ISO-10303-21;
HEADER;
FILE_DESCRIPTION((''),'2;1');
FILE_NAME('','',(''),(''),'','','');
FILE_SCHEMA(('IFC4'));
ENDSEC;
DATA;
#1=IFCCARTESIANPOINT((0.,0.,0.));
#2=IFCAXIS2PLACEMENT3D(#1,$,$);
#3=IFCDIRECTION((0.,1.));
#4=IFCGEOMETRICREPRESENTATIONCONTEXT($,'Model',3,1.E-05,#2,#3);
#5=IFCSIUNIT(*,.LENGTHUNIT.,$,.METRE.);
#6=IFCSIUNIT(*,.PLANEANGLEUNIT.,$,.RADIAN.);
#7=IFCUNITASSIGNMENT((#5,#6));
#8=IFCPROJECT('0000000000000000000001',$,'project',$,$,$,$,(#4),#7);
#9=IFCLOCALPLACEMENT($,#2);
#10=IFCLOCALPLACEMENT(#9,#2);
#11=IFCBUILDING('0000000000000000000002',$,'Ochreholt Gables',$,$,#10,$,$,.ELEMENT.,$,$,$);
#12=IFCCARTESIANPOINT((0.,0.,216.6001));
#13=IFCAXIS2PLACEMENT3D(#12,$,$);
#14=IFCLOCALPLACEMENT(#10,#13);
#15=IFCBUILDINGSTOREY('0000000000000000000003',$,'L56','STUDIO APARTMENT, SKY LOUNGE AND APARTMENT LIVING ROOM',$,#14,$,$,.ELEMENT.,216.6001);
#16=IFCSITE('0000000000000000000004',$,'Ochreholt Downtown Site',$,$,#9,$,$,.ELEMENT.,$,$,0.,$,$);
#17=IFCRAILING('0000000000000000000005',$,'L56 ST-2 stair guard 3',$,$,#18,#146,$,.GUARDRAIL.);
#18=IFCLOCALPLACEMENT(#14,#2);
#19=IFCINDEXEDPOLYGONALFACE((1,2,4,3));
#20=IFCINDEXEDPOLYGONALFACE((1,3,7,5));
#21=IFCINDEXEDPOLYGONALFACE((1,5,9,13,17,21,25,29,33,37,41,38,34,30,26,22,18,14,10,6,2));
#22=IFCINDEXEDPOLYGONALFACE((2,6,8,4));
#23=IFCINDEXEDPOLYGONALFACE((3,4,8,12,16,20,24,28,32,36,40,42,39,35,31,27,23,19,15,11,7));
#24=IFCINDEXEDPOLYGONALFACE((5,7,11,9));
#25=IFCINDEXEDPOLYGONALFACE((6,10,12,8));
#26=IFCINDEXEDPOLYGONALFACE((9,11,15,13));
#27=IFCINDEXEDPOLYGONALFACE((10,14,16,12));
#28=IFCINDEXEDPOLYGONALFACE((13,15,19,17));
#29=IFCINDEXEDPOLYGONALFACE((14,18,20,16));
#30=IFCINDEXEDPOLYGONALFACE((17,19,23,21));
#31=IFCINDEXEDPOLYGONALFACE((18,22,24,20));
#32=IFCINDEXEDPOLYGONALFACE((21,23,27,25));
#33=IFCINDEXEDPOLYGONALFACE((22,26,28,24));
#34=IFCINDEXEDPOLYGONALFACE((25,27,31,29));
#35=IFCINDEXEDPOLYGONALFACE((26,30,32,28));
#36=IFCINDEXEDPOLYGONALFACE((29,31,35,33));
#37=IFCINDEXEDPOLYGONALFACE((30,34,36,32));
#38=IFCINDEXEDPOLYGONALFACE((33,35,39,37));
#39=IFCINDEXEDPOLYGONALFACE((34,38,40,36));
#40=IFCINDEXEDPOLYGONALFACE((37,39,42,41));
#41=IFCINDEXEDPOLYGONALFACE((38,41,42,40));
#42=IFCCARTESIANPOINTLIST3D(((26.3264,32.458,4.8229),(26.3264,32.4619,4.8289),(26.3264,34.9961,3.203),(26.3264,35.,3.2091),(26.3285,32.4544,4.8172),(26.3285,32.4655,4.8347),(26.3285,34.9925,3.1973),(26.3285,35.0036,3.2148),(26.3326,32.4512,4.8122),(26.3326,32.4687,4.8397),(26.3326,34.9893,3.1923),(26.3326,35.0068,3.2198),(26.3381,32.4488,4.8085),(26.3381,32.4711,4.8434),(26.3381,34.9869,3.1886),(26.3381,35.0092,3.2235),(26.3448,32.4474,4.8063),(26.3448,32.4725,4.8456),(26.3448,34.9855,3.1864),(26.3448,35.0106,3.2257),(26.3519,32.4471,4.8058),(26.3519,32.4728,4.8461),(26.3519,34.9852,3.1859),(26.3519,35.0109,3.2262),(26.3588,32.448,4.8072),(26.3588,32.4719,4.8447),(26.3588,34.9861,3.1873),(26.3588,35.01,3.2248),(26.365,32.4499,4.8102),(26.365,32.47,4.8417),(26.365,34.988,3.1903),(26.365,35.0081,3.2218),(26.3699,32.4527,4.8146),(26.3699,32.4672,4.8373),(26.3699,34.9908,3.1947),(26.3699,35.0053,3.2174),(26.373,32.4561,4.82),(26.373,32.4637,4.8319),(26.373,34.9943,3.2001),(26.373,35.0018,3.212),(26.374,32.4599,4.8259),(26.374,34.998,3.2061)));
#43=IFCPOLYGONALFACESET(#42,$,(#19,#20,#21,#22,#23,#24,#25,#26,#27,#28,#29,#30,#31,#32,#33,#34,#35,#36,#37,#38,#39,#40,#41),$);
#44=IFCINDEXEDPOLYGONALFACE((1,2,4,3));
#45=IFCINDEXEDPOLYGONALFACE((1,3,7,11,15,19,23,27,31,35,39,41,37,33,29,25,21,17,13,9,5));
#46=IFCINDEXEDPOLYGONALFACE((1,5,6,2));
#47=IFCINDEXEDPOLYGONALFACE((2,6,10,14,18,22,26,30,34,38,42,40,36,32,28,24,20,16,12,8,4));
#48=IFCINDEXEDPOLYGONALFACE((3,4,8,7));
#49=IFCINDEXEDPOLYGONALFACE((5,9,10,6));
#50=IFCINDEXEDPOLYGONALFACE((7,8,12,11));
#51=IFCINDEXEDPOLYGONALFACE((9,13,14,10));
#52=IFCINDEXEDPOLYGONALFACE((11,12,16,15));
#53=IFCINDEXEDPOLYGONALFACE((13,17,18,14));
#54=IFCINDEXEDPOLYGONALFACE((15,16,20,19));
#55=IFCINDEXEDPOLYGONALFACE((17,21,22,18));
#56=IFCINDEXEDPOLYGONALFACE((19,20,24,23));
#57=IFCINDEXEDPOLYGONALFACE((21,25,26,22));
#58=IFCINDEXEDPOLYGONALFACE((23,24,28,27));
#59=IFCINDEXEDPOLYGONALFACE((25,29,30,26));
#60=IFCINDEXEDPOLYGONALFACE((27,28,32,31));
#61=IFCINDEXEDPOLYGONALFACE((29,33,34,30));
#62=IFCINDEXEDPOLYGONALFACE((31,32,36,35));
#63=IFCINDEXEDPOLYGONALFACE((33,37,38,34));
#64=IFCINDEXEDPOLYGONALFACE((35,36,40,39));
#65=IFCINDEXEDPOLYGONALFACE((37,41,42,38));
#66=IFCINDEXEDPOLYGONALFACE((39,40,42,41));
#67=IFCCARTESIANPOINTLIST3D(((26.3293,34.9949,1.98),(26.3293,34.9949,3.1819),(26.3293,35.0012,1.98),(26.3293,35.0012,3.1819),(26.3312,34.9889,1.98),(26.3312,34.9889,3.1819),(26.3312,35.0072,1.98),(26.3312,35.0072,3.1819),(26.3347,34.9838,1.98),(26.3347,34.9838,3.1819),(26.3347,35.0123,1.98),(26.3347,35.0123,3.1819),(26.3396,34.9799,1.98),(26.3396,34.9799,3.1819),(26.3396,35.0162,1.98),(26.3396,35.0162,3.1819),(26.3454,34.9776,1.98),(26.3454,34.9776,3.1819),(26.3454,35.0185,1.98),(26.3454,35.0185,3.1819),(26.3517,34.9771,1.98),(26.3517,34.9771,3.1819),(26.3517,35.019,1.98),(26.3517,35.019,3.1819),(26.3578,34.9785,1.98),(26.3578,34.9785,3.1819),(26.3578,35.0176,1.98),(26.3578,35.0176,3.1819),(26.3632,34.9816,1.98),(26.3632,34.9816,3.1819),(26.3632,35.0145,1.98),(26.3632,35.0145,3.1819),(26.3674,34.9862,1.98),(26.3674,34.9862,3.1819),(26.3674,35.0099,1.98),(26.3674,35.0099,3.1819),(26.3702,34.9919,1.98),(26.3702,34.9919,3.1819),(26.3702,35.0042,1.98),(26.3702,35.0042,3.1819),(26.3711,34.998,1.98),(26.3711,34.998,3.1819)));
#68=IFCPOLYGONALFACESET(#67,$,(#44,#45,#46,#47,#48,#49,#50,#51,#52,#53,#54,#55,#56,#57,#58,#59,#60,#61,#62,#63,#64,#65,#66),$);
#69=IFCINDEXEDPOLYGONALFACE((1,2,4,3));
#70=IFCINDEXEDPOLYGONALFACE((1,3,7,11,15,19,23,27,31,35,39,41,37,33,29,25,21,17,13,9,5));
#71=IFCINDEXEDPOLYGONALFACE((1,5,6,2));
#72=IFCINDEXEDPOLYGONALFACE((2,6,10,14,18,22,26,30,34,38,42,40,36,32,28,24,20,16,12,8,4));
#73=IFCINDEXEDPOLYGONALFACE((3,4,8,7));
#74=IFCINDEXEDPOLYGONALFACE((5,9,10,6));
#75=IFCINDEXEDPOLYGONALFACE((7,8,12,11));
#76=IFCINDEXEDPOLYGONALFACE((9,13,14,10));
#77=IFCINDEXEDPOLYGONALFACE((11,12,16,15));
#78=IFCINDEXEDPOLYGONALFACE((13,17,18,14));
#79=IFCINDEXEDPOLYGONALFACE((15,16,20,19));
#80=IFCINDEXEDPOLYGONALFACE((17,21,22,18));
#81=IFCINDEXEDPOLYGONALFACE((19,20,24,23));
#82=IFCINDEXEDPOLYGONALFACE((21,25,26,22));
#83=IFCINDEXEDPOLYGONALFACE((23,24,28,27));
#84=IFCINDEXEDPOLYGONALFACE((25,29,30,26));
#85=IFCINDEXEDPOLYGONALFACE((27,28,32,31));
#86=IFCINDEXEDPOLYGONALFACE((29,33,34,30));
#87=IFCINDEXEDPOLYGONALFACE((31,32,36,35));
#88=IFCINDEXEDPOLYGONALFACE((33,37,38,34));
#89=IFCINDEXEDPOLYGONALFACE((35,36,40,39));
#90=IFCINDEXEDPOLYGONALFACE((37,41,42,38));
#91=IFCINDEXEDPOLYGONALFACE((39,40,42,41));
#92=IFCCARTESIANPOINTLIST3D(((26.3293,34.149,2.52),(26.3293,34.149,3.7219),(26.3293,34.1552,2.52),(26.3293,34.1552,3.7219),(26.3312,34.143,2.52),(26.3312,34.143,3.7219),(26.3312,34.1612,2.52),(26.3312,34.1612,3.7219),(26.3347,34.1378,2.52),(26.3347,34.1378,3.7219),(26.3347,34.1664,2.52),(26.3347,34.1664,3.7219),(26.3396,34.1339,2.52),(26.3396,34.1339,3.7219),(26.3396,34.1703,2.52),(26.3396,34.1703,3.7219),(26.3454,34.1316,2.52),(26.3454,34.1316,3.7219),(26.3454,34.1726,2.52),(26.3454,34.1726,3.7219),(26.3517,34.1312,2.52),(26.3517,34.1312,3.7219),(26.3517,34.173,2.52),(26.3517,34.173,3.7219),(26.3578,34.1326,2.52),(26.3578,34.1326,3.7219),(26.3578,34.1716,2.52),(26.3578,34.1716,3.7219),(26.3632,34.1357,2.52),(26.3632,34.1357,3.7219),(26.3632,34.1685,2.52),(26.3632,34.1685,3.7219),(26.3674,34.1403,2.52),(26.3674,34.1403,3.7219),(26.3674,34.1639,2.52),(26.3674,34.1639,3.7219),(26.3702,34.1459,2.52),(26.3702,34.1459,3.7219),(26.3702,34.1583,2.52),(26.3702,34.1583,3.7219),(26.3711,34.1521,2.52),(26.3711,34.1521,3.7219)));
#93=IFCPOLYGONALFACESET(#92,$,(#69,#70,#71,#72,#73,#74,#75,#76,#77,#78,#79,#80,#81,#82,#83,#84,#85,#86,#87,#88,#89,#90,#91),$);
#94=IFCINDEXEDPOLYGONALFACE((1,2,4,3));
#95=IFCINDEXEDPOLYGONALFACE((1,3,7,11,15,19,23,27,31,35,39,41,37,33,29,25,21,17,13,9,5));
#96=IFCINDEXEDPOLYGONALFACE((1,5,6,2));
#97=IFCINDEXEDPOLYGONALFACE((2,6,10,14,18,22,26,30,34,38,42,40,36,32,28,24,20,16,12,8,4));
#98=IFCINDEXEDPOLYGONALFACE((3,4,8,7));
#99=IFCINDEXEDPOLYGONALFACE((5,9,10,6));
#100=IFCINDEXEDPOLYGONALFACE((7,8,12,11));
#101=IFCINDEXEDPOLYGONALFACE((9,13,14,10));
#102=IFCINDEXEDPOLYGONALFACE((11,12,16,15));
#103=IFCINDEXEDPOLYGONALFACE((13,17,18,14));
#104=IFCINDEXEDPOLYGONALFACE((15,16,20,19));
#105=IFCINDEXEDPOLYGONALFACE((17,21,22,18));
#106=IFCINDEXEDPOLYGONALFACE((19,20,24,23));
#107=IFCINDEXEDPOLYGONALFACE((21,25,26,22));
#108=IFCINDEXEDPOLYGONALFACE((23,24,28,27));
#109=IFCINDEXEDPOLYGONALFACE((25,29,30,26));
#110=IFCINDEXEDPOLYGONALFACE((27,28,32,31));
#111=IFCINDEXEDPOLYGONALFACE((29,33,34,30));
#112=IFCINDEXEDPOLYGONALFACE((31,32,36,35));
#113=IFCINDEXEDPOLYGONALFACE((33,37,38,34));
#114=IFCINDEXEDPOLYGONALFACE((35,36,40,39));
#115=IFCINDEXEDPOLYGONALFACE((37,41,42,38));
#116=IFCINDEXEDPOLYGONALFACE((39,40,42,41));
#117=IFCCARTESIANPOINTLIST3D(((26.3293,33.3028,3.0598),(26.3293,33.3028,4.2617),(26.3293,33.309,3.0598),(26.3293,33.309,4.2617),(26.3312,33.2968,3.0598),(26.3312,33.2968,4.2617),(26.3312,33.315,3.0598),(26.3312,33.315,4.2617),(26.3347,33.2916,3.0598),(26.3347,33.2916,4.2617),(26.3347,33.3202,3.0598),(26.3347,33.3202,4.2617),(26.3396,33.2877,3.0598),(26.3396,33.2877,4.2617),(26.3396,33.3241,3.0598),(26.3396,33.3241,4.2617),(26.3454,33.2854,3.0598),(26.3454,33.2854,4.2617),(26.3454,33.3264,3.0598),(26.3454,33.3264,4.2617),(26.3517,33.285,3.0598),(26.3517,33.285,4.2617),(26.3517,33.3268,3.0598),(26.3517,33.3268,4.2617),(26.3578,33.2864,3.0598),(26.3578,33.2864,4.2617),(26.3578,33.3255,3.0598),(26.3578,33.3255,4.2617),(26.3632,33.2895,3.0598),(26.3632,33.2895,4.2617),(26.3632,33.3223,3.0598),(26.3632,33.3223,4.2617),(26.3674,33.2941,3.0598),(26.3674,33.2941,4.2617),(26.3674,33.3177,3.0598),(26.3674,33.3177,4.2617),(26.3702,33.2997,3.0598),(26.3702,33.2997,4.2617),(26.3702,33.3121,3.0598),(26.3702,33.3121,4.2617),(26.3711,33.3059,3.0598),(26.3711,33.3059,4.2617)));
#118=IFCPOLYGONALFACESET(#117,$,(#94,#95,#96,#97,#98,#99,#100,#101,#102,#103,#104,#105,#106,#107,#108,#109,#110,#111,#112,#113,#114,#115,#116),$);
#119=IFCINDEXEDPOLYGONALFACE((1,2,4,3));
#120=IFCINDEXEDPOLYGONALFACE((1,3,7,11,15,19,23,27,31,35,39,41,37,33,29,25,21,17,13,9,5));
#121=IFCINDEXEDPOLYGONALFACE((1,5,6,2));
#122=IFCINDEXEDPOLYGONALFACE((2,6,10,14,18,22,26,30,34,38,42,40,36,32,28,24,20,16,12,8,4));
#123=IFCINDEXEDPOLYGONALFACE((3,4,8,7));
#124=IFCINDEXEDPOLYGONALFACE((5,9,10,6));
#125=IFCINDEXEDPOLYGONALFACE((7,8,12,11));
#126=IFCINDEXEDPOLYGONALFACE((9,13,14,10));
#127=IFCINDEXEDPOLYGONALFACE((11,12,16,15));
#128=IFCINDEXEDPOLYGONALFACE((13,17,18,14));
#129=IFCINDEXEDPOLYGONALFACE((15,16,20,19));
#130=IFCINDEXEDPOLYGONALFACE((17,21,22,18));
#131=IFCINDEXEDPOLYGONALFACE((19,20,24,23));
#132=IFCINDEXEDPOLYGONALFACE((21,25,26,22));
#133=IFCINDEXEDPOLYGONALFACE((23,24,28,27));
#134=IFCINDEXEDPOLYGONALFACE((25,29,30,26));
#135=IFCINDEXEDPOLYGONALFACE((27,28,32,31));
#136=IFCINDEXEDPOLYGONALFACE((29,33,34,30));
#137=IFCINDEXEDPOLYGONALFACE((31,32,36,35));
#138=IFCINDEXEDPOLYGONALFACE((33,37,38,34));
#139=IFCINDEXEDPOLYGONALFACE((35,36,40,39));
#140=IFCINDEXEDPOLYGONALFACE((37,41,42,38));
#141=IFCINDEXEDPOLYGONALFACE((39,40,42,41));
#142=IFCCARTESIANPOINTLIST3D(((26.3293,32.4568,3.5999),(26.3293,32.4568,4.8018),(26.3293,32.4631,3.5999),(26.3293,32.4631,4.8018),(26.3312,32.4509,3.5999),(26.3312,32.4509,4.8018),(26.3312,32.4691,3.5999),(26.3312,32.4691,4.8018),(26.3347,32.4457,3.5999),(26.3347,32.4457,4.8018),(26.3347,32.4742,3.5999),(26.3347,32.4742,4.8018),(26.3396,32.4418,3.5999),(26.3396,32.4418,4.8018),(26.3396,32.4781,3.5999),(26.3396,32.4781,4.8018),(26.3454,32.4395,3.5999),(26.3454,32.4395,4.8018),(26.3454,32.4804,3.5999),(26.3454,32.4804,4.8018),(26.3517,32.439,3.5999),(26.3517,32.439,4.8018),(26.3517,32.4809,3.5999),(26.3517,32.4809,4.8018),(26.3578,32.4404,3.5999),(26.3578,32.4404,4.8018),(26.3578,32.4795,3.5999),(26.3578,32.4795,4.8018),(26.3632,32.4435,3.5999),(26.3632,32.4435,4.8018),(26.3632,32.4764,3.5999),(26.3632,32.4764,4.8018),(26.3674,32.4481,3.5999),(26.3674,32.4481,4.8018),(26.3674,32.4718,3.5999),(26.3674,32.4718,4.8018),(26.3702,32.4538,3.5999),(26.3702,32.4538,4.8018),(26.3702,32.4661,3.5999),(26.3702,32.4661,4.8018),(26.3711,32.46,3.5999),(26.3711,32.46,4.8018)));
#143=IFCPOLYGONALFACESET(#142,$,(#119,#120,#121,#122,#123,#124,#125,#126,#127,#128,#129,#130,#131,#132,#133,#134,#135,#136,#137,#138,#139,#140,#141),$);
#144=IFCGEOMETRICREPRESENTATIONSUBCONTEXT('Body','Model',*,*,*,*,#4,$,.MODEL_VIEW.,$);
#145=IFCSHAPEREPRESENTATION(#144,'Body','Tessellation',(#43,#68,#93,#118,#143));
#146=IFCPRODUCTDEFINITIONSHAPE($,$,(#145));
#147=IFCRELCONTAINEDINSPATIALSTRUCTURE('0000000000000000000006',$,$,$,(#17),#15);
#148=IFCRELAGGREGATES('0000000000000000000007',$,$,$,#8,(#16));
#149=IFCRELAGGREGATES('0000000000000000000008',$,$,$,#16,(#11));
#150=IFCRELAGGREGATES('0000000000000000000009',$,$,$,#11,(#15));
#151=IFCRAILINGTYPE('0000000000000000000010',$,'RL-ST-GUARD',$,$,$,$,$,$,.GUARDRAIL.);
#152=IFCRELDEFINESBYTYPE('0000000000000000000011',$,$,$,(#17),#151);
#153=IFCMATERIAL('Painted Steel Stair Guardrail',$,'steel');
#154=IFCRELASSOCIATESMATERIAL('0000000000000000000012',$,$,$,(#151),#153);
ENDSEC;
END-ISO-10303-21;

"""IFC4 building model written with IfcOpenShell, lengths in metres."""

from ifc_helpers import new_model, si_unit, direction, frame, origin, origin_2d, place, context, subcontext, project, spatial, circle, extrude, material, type_object, element, save


model = new_model("IFC4")

# Units and contexts
model_context = context("Model", 3, precision=1e-05, world=origin(), true_north=direction((0.0, 1.0)))
body_context = subcontext(model_context, "Body", "Model", "MODEL_VIEW")
ifc_project = project(units=[si_unit("LENGTHUNIT", "METRE"), si_unit("PLANEANGLEUNIT", "RADIAN")], contexts=[model_context])

# Site, building, storey
site_placement = place(None, origin())
site = spatial("IfcSite", under=ifc_project, at=site_placement, Name="Ochreholt Downtown Site", CompositionType="ELEMENT", RefElevation=0.0)
building_placement = place(site_placement, origin())
building = spatial("IfcBuilding", under=site, at=building_placement, Name="Ochreholt Gables", CompositionType="ELEMENT")
storey_placement = place(building_placement, frame((0.0, 0.0, 216.6001)))
storey = spatial("IfcBuildingStorey", under=building, at=storey_placement, Name="L56", Description="STUDIO APARTMENT, SKY LOUNGE AND APARTMENT LIVING ROOM", CompositionType="ELEMENT", Elevation=216.6001)

# Railing
ifc_material_1 = material(Name="Painted Steel Stair Guardrail", Category="steel")
railing_type_1 = type_object("IfcRailingType", Name="RL-ST-GUARD", PredefinedType="GUARDRAIL", material=ifc_material_1)
railing_1_placement = place(storey_placement, frame((26.3501, 34.998, 1.98)))
element("IfcRailing", 1, at=railing_1_placement, inside=storey, type_object=railing_type_1, Name="L56 ST-2 stair guard 3", PredefinedType="GUARDRAIL", context=body_context, shape_type="SweptSolid", body=[
    extrude(circle(Radius=0.0239, at=origin_2d()), frame((0.0, 0.0, 1.2261), z_axis=(0.0, -0.84295, 0.537993), x_axis=(1.0, 0.0, 0.0)), (0.0, 0.0, 1.0), 3.011),
    extrude(circle(Radius=0.021, at=origin_2d()), origin(), (0.0, 0.0, 1.0), 1.2019),
    extrude(circle(Radius=0.021, at=origin_2d()), frame((0.0, -0.8459, 0.54)), (0.0, 0.0, 1.0), 1.2019),
    extrude(circle(Radius=0.021, at=origin_2d()), frame((0.0, -1.6921, 1.0798)), (0.0, 0.0, 1.0), 1.2019),
    extrude(circle(Radius=0.021, at=origin_2d()), frame((0.0, -2.5381, 1.6199)), (0.0, 0.0, 1.0), 1.2019),
])

save(model, "model.ifc")
